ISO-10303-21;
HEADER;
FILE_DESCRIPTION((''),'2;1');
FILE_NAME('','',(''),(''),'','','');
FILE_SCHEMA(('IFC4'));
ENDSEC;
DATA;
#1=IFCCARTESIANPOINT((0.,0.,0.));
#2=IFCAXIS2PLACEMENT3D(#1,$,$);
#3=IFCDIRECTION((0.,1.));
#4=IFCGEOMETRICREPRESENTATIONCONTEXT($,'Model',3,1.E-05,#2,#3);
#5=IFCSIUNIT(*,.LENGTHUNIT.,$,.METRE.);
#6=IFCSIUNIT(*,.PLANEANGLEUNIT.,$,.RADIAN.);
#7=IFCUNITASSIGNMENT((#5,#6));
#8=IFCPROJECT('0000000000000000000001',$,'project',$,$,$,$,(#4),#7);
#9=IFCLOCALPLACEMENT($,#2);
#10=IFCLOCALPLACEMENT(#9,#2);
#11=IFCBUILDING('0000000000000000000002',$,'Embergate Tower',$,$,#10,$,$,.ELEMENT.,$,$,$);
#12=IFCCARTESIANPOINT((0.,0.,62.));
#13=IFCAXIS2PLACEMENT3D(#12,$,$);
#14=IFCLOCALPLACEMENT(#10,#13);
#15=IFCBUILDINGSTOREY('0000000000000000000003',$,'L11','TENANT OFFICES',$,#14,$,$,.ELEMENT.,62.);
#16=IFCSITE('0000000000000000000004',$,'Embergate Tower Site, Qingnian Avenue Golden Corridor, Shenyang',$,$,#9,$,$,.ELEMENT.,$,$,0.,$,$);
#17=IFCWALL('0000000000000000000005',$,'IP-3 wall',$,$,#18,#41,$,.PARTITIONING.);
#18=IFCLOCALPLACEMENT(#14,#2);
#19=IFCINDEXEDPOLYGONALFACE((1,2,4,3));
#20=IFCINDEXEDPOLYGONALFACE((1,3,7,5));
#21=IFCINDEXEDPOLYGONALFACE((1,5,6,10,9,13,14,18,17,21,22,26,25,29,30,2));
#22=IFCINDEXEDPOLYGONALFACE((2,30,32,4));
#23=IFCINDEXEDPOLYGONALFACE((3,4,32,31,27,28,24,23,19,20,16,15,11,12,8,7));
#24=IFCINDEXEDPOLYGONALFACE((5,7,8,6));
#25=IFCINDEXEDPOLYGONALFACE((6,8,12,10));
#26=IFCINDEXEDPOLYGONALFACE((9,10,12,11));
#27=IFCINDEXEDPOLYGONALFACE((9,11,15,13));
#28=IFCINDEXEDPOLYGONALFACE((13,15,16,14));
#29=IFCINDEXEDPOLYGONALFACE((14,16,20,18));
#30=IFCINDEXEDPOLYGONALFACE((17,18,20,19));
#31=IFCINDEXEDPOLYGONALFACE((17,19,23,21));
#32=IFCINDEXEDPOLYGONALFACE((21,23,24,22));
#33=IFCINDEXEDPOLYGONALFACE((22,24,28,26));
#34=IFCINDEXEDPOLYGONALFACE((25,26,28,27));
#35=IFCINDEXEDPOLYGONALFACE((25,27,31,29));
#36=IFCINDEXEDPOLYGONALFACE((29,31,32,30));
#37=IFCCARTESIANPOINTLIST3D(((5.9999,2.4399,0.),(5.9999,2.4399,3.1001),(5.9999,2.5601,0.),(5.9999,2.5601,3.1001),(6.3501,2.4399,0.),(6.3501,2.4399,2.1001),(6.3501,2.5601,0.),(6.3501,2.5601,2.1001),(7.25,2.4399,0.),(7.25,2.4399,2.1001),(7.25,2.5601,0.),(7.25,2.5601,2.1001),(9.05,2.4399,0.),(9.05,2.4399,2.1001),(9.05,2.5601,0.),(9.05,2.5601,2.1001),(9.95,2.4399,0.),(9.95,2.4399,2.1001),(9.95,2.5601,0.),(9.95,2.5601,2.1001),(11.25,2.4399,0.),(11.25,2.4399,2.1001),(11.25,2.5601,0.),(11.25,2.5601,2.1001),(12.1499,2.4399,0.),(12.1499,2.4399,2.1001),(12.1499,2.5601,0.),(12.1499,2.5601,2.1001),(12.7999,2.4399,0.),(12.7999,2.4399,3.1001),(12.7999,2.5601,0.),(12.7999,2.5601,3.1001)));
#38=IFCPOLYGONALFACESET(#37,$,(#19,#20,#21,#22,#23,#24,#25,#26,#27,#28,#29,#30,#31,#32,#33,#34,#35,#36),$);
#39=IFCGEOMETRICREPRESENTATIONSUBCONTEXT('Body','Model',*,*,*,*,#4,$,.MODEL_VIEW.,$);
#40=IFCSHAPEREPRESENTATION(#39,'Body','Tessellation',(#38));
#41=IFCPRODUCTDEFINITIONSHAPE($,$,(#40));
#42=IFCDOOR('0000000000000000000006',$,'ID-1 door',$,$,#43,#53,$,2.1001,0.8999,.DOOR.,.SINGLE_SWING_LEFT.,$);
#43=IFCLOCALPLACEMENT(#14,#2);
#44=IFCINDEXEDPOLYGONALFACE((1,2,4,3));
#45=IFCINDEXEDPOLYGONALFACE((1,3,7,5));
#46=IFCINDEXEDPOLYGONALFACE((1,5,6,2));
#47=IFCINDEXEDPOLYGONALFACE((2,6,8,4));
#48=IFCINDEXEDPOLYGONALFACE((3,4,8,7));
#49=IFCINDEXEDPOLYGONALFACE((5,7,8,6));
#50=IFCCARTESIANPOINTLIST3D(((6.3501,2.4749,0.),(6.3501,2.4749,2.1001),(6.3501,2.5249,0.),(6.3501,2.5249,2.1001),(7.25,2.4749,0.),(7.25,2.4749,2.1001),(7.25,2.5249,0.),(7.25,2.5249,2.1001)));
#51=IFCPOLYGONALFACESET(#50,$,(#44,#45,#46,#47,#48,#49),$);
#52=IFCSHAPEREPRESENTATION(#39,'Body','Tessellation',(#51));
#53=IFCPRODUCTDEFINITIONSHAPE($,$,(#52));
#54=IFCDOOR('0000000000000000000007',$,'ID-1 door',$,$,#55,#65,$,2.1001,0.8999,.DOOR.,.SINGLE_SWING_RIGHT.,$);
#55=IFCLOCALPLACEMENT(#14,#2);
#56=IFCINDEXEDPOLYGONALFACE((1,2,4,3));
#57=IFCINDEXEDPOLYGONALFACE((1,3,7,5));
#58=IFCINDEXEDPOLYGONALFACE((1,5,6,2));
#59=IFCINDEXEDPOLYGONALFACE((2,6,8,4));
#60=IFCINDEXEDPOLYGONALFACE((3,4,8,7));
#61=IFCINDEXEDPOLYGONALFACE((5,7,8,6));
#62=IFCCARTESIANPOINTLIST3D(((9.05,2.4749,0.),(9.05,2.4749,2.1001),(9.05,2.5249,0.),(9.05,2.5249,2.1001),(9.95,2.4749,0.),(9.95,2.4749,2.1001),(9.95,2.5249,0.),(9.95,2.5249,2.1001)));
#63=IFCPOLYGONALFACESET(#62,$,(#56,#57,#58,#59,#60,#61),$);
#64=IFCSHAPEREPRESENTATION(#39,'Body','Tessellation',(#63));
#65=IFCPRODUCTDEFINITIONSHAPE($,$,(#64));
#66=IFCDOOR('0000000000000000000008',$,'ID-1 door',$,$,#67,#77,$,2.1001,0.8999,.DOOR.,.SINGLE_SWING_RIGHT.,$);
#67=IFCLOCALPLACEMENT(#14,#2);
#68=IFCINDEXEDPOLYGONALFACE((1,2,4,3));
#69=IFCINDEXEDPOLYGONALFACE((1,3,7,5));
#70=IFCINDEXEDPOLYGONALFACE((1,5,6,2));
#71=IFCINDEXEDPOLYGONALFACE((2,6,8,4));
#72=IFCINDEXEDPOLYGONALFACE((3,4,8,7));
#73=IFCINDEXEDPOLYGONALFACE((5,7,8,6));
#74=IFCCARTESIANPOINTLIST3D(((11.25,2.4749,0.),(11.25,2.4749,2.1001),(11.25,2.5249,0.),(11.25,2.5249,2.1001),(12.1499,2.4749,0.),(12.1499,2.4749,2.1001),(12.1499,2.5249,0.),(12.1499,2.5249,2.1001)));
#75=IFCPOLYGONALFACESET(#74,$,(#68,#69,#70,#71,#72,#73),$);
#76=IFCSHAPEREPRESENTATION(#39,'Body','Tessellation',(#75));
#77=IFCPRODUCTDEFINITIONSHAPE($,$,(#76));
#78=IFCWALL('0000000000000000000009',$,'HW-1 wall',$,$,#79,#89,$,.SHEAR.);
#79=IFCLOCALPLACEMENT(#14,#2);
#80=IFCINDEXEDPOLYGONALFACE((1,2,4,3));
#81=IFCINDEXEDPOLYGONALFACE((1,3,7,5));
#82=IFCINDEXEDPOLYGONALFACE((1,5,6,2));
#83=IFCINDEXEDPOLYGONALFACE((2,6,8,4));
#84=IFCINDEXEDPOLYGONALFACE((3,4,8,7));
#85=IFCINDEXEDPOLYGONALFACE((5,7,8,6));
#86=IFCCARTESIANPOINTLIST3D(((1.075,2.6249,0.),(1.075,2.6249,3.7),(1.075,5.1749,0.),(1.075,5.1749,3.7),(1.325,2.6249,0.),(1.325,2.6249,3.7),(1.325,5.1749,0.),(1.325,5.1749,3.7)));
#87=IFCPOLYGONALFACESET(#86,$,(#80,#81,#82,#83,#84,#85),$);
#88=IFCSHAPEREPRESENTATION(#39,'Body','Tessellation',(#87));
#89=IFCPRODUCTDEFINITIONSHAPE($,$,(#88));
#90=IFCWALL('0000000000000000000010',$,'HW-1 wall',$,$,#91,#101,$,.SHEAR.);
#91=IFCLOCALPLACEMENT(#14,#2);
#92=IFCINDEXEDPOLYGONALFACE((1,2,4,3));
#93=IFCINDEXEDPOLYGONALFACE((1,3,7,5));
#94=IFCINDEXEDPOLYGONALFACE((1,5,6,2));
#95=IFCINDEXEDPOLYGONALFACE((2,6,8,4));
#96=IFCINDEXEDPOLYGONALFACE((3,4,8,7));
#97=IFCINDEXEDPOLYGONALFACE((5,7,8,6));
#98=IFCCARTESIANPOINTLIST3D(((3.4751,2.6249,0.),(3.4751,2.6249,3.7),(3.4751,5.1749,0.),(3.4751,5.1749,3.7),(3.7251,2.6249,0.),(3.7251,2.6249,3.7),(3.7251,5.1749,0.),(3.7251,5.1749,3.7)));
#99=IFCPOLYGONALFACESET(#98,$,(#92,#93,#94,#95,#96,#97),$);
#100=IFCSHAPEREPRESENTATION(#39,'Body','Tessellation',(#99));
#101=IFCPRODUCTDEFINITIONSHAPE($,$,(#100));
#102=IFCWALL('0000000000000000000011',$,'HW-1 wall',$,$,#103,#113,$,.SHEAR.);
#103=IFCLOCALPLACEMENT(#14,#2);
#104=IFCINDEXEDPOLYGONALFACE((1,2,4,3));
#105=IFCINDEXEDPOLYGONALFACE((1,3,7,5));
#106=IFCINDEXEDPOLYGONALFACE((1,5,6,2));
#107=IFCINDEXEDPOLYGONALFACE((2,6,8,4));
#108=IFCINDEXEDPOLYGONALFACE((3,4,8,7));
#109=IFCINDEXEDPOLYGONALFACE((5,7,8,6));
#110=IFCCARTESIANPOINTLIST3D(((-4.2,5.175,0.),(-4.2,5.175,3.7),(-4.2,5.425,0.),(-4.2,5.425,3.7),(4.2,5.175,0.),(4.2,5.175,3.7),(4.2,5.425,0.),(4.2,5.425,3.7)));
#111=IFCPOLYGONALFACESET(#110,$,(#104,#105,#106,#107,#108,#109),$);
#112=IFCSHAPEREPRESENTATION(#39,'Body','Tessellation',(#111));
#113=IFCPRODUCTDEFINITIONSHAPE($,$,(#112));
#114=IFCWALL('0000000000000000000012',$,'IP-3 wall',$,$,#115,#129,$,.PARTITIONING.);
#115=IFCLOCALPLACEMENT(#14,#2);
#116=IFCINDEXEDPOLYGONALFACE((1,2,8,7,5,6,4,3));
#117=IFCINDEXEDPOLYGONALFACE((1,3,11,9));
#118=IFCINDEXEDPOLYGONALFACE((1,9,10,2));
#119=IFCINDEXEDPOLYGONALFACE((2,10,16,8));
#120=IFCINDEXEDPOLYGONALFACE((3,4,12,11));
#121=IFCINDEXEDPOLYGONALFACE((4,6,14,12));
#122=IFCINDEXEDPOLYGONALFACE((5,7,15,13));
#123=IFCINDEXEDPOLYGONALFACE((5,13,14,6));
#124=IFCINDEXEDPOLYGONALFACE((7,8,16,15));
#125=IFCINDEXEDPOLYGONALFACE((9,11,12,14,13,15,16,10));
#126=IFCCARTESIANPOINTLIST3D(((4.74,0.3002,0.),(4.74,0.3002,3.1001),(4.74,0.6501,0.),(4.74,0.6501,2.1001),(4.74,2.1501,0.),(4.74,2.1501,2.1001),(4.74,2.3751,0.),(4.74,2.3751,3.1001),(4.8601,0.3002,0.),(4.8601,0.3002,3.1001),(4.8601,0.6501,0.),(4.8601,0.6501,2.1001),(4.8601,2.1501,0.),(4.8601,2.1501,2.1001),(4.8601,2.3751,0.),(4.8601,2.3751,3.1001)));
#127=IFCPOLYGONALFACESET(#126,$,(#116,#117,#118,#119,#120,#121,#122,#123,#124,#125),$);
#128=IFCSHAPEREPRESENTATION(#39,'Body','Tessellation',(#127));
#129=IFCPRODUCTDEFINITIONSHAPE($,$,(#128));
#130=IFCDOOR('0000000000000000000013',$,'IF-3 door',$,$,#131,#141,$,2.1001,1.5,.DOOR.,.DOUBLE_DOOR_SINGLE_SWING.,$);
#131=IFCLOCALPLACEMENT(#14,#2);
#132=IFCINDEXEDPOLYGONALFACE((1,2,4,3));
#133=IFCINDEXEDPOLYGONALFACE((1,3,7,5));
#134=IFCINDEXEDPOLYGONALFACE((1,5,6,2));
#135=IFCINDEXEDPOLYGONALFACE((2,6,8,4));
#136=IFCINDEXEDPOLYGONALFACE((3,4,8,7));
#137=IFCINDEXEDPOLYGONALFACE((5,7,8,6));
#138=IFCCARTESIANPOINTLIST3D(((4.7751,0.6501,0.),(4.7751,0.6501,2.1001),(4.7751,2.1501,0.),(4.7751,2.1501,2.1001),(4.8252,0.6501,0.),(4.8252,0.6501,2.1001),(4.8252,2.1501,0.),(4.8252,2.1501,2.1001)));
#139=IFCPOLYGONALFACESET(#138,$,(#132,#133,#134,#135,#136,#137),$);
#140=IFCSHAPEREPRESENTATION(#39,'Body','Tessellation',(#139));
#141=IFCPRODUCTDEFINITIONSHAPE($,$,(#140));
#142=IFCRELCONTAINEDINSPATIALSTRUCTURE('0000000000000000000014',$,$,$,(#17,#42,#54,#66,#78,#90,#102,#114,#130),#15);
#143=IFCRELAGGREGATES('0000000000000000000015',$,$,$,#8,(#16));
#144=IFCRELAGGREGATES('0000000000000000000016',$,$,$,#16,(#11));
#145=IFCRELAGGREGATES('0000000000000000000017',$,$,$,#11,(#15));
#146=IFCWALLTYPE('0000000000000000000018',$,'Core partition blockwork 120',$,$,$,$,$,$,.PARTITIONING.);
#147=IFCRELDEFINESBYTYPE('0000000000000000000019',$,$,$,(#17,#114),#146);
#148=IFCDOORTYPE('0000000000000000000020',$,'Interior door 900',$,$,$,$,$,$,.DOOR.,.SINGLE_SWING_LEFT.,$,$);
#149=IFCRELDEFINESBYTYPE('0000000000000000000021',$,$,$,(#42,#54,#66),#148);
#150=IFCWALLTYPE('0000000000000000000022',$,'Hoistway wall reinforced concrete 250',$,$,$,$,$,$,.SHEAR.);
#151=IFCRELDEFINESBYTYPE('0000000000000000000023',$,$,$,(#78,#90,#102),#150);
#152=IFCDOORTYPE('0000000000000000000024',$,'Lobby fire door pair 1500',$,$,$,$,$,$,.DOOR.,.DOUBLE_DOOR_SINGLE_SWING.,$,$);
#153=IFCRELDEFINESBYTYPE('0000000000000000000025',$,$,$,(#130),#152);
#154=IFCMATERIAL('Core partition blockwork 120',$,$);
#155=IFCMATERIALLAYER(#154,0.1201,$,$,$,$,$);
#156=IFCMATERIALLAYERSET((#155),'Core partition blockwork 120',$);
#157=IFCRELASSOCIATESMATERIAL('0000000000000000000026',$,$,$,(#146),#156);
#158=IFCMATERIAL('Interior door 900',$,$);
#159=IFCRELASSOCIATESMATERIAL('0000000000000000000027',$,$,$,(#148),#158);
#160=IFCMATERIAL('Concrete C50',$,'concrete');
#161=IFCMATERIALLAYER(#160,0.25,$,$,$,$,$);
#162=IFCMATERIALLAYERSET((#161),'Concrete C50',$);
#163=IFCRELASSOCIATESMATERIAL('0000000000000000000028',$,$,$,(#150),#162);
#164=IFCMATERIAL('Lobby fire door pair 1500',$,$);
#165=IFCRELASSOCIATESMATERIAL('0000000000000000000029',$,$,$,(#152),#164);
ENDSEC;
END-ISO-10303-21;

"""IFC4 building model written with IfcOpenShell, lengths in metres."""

from ifc_helpers import new_model, si_unit, direction, frame, frame_2d, origin, place, context, subcontext, project, spatial, rectangle, extrude, source, transform, mapped, material, layer, layer_set, type_object, element, fill, save


model = new_model("IFC4")

# Units and contexts
model_context = context("Model", 3, precision=1e-05, world=origin(), true_north=direction((0.0, 1.0)))
body_context = subcontext(model_context, "Body", "Model", "MODEL_VIEW")
ifc_project = project(units=[si_unit("LENGTHUNIT", "METRE"), si_unit("PLANEANGLEUNIT", "RADIAN")], contexts=[model_context])

# Site, building, storey
site_placement = place(None, origin())
site = spatial("IfcSite", under=ifc_project, at=site_placement, Name="Embergate Tower Site, Qingnian Avenue Golden Corridor, Shenyang", CompositionType="ELEMENT", RefElevation=0.0)
building_placement = place(site_placement, origin())
building = spatial("IfcBuilding", under=site, at=building_placement, Name="Embergate Tower", CompositionType="ELEMENT")
storey_placement = place(building_placement, frame((0.0, 0.0, 62.0)))
storey = spatial("IfcBuildingStorey", under=building, at=storey_placement, Name="L11", Description="TENANT OFFICES", CompositionType="ELEMENT", Elevation=62.0)

# Wall, openings, doors
ifc_material_1 = material(Name="Core partition blockwork 120")
ifc_layer_1 = layer(ifc_material_1, 0.1201)
ifc_layer_set_1 = layer_set([ifc_layer_1], Name="Core partition blockwork 120")
wall_type_1 = type_object("IfcWallType", Name="Core partition blockwork 120", PredefinedType="PARTITIONING", material=ifc_layer_set_1)
shared_shape_1 = source(origin(), body_context, "Body", "SweptSolid", [
    extrude(rectangle(XDim=6.8, YDim=0.1201, at=frame_2d((3.3999, 0.0))), origin(), (0.0, 0.0, 1.0), 3.1001),
])
wall_1_placement = place(storey_placement, frame((6.0, 2.5, 0.0), z_axis=(0.0, 0.0, 1.0), x_axis=(1.0, 0.0, 0.0)))
wall_1 = element("IfcWall", 1, at=wall_1_placement, inside=storey, type_object=wall_type_1, Name="IP-3 wall", PredefinedType="PARTITIONING", context=body_context, shape_type="MappedRepresentation", body=[
    mapped(shared_shape_1, transform((0.0, 0.0, 0.0))),
])
shared_shape_2 = source(origin(), body_context, "Body", "SweptSolid", [
    extrude(rectangle(XDim=0.8999, YDim=2.1001, at=frame_2d((0.45, 1.05))), frame((0.0, 0.0701, 0.0), z_axis=(0.0, -1.0, 0.0), x_axis=(1.0, 0.0, 0.0)), (0.0, 0.0, 1.0), 0.1401),
])
opening_1_placement = place(wall_1_placement, frame((0.3501, 0.0, 0.0)))
opening_1 = element("IfcOpeningElement", 2, at=opening_1_placement, cuts=wall_1, PredefinedType="OPENING", context=body_context, shape_type="MappedRepresentation", body=[
    mapped(shared_shape_2, transform((0.0, 0.0, 0.0))),
])
opening_2_placement = place(wall_1_placement, frame((3.05, 0.0, 0.0)))
opening_2 = element("IfcOpeningElement", 3, at=opening_2_placement, cuts=wall_1, PredefinedType="OPENING", context=body_context, shape_type="MappedRepresentation", body=[
    mapped(shared_shape_2, transform((0.0, 0.0, 0.0))),
])
opening_3_placement = place(wall_1_placement, frame((5.25, 0.0, 0.0)))
opening_3 = element("IfcOpeningElement", 4, at=opening_3_placement, cuts=wall_1, PredefinedType="OPENING", context=body_context, shape_type="MappedRepresentation", body=[
    mapped(shared_shape_2, transform((0.0, 0.0, 0.0))),
])
ifc_material_2 = material(Name="Interior door 900")
door_type_1 = type_object("IfcDoorType", Name="Interior door 900", OperationType="SINGLE_SWING_LEFT", PredefinedType="DOOR", material=ifc_material_2)
shared_shape_3 = source(origin(), body_context, "Body", "SweptSolid", [
    extrude(rectangle(XDim=0.8999, YDim=2.1001, at=frame_2d((0.45, 1.05))), frame((0.0, 0.0249, 0.0), z_axis=(0.0, -1.0, 0.0), x_axis=(1.0, 0.0, 0.0)), (0.0, 0.0, 1.0), 0.05),
])
door_1_placement = place(opening_1_placement, origin())
door_1 = element("IfcDoor", 5, at=door_1_placement, inside=storey, type_object=door_type_1, Name="ID-1 door", OperationType="SINGLE_SWING_LEFT", OverallHeight=2.1001, OverallWidth=0.8999, PredefinedType="DOOR", context=body_context, shape_type="MappedRepresentation", body=[
    mapped(shared_shape_3, transform((0.0, 0.0, 0.0))),
])
fill(opening_1, door_1)
door_2_placement = place(opening_2_placement, origin())
door_2 = element("IfcDoor", 6, at=door_2_placement, inside=storey, type_object=door_type_1, Name="ID-1 door", OperationType="SINGLE_SWING_RIGHT", OverallHeight=2.1001, OverallWidth=0.8999, PredefinedType="DOOR", context=body_context, shape_type="MappedRepresentation", body=[
    mapped(shared_shape_3, transform((0.0, 0.0, 0.0))),
])
fill(opening_2, door_2)
door_3_placement = place(opening_3_placement, origin())
door_3 = element("IfcDoor", 7, at=door_3_placement, inside=storey, type_object=door_type_1, Name="ID-1 door", OperationType="SINGLE_SWING_RIGHT", OverallHeight=2.1001, OverallWidth=0.8999, PredefinedType="DOOR", context=body_context, shape_type="MappedRepresentation", body=[
    mapped(shared_shape_3, transform((0.0, 0.0, 0.0))),
])
fill(opening_3, door_3)

# Walls
ifc_material_3 = material(Name="Concrete C50", Category="concrete")
ifc_layer_2 = layer(ifc_material_3, 0.25)
ifc_layer_set_2 = layer_set([ifc_layer_2], Name="Concrete C50")
wall_type_2 = type_object("IfcWallType", Name="Hoistway wall reinforced concrete 250", PredefinedType="SHEAR", material=ifc_layer_set_2)
shared_shape_4 = source(origin(), body_context, "Body", "SweptSolid", [
    extrude(rectangle(XDim=2.55, YDim=0.25, at=frame_2d((1.2749, 0.0))), origin(), (0.0, 0.0, 1.0), 3.7),
])
for number, where, z_axis, x_axis, name in (
    (8, (1.2, 2.625, 0.0), (0.0, 0.0, 1.0), (0.0, 1.0, 0.0), "HW-1 wall"),
    (9, (3.6001, 2.625, 0.0), (0.0, 0.0, 1.0), (0.0, 1.0, 0.0), "HW-1 wall"),
):
    element("IfcWall", number, at=place(storey_placement, frame(where, z_axis=z_axis, x_axis=x_axis)), inside=storey, type_object=wall_type_2, Name=name, PredefinedType="SHEAR", context=body_context, shape_type="MappedRepresentation", body=[
        mapped(shared_shape_4, transform((0.0, 0.0, 0.0))),
    ])
shared_shape_5 = source(origin(), body_context, "Body", "SweptSolid", [
    extrude(rectangle(XDim=8.3999, YDim=0.25, at=frame_2d((4.2, 0.0))), origin(), (0.0, 0.0, 1.0), 3.7),
])
wall_2_placement = place(storey_placement, frame((4.2, 5.3, 0.0), z_axis=(0.0, 0.0, 1.0), x_axis=(-1.0, 0.0, 0.0)))
element("IfcWall", 10, at=wall_2_placement, inside=storey, type_object=wall_type_2, Name="HW-1 wall", PredefinedType="SHEAR", context=body_context, shape_type="MappedRepresentation", body=[
    mapped(shared_shape_5, transform((0.0, 0.0, 0.0))),
])

# Wall, opening, door
shared_shape_6 = source(origin(), body_context, "Body", "SweptSolid", [
    extrude(rectangle(XDim=2.075, YDim=0.1201, at=frame_2d((1.0376, 0.0))), origin(), (0.0, 0.0, 1.0), 3.1001),
])
wall_3_placement = place(storey_placement, frame((4.8, 0.3, 0.0), z_axis=(0.0, 0.0, 1.0), x_axis=(0.0, 1.0, 0.0)))
wall_3 = element("IfcWall", 11, at=wall_3_placement, inside=storey, type_object=wall_type_1, Name="IP-3 wall", PredefinedType="PARTITIONING", context=body_context, shape_type="MappedRepresentation", body=[
    mapped(shared_shape_6, transform((0.0, 0.0, 0.0))),
])
shared_shape_7 = source(origin(), body_context, "Body", "SweptSolid", [
    extrude(rectangle(XDim=1.5, YDim=2.1001, at=frame_2d((0.75, 1.05))), frame((0.0, 0.0701, 0.0), z_axis=(0.0, -1.0, 0.0), x_axis=(1.0, 0.0, 0.0)), (0.0, 0.0, 1.0), 0.1401),
])
opening_4_placement = place(wall_3_placement, frame((0.3501, 0.0, 0.0)))
opening_4 = element("IfcOpeningElement", 12, at=opening_4_placement, cuts=wall_3, PredefinedType="OPENING", context=body_context, shape_type="MappedRepresentation", body=[
    mapped(shared_shape_7, transform((0.0, 0.0, 0.0))),
])
ifc_material_4 = material(Name="Lobby fire door pair 1500")
door_type_2 = type_object("IfcDoorType", Name="Lobby fire door pair 1500", OperationType="DOUBLE_DOOR_SINGLE_SWING", PredefinedType="DOOR", material=ifc_material_4)
shared_shape_8 = source(origin(), body_context, "Body", "SweptSolid", [
    extrude(rectangle(XDim=1.5, YDim=2.1001, at=frame_2d((0.75, 1.05))), frame((0.0, 0.0249, 0.0), z_axis=(0.0, -1.0, 0.0), x_axis=(1.0, 0.0, 0.0)), (0.0, 0.0, 1.0), 0.05),
])
door_4_placement = place(opening_4_placement, origin())
door_4 = element("IfcDoor", 13, at=door_4_placement, inside=storey, type_object=door_type_2, Name="IF-3 door", OperationType="DOUBLE_DOOR_SINGLE_SWING", OverallHeight=2.1001, OverallWidth=1.5, PredefinedType="DOOR", context=body_context, shape_type="MappedRepresentation", body=[
    mapped(shared_shape_8, transform((0.0, 0.0, 0.0))),
])
fill(opening_4, door_4)

save(model, "model.ifc")
